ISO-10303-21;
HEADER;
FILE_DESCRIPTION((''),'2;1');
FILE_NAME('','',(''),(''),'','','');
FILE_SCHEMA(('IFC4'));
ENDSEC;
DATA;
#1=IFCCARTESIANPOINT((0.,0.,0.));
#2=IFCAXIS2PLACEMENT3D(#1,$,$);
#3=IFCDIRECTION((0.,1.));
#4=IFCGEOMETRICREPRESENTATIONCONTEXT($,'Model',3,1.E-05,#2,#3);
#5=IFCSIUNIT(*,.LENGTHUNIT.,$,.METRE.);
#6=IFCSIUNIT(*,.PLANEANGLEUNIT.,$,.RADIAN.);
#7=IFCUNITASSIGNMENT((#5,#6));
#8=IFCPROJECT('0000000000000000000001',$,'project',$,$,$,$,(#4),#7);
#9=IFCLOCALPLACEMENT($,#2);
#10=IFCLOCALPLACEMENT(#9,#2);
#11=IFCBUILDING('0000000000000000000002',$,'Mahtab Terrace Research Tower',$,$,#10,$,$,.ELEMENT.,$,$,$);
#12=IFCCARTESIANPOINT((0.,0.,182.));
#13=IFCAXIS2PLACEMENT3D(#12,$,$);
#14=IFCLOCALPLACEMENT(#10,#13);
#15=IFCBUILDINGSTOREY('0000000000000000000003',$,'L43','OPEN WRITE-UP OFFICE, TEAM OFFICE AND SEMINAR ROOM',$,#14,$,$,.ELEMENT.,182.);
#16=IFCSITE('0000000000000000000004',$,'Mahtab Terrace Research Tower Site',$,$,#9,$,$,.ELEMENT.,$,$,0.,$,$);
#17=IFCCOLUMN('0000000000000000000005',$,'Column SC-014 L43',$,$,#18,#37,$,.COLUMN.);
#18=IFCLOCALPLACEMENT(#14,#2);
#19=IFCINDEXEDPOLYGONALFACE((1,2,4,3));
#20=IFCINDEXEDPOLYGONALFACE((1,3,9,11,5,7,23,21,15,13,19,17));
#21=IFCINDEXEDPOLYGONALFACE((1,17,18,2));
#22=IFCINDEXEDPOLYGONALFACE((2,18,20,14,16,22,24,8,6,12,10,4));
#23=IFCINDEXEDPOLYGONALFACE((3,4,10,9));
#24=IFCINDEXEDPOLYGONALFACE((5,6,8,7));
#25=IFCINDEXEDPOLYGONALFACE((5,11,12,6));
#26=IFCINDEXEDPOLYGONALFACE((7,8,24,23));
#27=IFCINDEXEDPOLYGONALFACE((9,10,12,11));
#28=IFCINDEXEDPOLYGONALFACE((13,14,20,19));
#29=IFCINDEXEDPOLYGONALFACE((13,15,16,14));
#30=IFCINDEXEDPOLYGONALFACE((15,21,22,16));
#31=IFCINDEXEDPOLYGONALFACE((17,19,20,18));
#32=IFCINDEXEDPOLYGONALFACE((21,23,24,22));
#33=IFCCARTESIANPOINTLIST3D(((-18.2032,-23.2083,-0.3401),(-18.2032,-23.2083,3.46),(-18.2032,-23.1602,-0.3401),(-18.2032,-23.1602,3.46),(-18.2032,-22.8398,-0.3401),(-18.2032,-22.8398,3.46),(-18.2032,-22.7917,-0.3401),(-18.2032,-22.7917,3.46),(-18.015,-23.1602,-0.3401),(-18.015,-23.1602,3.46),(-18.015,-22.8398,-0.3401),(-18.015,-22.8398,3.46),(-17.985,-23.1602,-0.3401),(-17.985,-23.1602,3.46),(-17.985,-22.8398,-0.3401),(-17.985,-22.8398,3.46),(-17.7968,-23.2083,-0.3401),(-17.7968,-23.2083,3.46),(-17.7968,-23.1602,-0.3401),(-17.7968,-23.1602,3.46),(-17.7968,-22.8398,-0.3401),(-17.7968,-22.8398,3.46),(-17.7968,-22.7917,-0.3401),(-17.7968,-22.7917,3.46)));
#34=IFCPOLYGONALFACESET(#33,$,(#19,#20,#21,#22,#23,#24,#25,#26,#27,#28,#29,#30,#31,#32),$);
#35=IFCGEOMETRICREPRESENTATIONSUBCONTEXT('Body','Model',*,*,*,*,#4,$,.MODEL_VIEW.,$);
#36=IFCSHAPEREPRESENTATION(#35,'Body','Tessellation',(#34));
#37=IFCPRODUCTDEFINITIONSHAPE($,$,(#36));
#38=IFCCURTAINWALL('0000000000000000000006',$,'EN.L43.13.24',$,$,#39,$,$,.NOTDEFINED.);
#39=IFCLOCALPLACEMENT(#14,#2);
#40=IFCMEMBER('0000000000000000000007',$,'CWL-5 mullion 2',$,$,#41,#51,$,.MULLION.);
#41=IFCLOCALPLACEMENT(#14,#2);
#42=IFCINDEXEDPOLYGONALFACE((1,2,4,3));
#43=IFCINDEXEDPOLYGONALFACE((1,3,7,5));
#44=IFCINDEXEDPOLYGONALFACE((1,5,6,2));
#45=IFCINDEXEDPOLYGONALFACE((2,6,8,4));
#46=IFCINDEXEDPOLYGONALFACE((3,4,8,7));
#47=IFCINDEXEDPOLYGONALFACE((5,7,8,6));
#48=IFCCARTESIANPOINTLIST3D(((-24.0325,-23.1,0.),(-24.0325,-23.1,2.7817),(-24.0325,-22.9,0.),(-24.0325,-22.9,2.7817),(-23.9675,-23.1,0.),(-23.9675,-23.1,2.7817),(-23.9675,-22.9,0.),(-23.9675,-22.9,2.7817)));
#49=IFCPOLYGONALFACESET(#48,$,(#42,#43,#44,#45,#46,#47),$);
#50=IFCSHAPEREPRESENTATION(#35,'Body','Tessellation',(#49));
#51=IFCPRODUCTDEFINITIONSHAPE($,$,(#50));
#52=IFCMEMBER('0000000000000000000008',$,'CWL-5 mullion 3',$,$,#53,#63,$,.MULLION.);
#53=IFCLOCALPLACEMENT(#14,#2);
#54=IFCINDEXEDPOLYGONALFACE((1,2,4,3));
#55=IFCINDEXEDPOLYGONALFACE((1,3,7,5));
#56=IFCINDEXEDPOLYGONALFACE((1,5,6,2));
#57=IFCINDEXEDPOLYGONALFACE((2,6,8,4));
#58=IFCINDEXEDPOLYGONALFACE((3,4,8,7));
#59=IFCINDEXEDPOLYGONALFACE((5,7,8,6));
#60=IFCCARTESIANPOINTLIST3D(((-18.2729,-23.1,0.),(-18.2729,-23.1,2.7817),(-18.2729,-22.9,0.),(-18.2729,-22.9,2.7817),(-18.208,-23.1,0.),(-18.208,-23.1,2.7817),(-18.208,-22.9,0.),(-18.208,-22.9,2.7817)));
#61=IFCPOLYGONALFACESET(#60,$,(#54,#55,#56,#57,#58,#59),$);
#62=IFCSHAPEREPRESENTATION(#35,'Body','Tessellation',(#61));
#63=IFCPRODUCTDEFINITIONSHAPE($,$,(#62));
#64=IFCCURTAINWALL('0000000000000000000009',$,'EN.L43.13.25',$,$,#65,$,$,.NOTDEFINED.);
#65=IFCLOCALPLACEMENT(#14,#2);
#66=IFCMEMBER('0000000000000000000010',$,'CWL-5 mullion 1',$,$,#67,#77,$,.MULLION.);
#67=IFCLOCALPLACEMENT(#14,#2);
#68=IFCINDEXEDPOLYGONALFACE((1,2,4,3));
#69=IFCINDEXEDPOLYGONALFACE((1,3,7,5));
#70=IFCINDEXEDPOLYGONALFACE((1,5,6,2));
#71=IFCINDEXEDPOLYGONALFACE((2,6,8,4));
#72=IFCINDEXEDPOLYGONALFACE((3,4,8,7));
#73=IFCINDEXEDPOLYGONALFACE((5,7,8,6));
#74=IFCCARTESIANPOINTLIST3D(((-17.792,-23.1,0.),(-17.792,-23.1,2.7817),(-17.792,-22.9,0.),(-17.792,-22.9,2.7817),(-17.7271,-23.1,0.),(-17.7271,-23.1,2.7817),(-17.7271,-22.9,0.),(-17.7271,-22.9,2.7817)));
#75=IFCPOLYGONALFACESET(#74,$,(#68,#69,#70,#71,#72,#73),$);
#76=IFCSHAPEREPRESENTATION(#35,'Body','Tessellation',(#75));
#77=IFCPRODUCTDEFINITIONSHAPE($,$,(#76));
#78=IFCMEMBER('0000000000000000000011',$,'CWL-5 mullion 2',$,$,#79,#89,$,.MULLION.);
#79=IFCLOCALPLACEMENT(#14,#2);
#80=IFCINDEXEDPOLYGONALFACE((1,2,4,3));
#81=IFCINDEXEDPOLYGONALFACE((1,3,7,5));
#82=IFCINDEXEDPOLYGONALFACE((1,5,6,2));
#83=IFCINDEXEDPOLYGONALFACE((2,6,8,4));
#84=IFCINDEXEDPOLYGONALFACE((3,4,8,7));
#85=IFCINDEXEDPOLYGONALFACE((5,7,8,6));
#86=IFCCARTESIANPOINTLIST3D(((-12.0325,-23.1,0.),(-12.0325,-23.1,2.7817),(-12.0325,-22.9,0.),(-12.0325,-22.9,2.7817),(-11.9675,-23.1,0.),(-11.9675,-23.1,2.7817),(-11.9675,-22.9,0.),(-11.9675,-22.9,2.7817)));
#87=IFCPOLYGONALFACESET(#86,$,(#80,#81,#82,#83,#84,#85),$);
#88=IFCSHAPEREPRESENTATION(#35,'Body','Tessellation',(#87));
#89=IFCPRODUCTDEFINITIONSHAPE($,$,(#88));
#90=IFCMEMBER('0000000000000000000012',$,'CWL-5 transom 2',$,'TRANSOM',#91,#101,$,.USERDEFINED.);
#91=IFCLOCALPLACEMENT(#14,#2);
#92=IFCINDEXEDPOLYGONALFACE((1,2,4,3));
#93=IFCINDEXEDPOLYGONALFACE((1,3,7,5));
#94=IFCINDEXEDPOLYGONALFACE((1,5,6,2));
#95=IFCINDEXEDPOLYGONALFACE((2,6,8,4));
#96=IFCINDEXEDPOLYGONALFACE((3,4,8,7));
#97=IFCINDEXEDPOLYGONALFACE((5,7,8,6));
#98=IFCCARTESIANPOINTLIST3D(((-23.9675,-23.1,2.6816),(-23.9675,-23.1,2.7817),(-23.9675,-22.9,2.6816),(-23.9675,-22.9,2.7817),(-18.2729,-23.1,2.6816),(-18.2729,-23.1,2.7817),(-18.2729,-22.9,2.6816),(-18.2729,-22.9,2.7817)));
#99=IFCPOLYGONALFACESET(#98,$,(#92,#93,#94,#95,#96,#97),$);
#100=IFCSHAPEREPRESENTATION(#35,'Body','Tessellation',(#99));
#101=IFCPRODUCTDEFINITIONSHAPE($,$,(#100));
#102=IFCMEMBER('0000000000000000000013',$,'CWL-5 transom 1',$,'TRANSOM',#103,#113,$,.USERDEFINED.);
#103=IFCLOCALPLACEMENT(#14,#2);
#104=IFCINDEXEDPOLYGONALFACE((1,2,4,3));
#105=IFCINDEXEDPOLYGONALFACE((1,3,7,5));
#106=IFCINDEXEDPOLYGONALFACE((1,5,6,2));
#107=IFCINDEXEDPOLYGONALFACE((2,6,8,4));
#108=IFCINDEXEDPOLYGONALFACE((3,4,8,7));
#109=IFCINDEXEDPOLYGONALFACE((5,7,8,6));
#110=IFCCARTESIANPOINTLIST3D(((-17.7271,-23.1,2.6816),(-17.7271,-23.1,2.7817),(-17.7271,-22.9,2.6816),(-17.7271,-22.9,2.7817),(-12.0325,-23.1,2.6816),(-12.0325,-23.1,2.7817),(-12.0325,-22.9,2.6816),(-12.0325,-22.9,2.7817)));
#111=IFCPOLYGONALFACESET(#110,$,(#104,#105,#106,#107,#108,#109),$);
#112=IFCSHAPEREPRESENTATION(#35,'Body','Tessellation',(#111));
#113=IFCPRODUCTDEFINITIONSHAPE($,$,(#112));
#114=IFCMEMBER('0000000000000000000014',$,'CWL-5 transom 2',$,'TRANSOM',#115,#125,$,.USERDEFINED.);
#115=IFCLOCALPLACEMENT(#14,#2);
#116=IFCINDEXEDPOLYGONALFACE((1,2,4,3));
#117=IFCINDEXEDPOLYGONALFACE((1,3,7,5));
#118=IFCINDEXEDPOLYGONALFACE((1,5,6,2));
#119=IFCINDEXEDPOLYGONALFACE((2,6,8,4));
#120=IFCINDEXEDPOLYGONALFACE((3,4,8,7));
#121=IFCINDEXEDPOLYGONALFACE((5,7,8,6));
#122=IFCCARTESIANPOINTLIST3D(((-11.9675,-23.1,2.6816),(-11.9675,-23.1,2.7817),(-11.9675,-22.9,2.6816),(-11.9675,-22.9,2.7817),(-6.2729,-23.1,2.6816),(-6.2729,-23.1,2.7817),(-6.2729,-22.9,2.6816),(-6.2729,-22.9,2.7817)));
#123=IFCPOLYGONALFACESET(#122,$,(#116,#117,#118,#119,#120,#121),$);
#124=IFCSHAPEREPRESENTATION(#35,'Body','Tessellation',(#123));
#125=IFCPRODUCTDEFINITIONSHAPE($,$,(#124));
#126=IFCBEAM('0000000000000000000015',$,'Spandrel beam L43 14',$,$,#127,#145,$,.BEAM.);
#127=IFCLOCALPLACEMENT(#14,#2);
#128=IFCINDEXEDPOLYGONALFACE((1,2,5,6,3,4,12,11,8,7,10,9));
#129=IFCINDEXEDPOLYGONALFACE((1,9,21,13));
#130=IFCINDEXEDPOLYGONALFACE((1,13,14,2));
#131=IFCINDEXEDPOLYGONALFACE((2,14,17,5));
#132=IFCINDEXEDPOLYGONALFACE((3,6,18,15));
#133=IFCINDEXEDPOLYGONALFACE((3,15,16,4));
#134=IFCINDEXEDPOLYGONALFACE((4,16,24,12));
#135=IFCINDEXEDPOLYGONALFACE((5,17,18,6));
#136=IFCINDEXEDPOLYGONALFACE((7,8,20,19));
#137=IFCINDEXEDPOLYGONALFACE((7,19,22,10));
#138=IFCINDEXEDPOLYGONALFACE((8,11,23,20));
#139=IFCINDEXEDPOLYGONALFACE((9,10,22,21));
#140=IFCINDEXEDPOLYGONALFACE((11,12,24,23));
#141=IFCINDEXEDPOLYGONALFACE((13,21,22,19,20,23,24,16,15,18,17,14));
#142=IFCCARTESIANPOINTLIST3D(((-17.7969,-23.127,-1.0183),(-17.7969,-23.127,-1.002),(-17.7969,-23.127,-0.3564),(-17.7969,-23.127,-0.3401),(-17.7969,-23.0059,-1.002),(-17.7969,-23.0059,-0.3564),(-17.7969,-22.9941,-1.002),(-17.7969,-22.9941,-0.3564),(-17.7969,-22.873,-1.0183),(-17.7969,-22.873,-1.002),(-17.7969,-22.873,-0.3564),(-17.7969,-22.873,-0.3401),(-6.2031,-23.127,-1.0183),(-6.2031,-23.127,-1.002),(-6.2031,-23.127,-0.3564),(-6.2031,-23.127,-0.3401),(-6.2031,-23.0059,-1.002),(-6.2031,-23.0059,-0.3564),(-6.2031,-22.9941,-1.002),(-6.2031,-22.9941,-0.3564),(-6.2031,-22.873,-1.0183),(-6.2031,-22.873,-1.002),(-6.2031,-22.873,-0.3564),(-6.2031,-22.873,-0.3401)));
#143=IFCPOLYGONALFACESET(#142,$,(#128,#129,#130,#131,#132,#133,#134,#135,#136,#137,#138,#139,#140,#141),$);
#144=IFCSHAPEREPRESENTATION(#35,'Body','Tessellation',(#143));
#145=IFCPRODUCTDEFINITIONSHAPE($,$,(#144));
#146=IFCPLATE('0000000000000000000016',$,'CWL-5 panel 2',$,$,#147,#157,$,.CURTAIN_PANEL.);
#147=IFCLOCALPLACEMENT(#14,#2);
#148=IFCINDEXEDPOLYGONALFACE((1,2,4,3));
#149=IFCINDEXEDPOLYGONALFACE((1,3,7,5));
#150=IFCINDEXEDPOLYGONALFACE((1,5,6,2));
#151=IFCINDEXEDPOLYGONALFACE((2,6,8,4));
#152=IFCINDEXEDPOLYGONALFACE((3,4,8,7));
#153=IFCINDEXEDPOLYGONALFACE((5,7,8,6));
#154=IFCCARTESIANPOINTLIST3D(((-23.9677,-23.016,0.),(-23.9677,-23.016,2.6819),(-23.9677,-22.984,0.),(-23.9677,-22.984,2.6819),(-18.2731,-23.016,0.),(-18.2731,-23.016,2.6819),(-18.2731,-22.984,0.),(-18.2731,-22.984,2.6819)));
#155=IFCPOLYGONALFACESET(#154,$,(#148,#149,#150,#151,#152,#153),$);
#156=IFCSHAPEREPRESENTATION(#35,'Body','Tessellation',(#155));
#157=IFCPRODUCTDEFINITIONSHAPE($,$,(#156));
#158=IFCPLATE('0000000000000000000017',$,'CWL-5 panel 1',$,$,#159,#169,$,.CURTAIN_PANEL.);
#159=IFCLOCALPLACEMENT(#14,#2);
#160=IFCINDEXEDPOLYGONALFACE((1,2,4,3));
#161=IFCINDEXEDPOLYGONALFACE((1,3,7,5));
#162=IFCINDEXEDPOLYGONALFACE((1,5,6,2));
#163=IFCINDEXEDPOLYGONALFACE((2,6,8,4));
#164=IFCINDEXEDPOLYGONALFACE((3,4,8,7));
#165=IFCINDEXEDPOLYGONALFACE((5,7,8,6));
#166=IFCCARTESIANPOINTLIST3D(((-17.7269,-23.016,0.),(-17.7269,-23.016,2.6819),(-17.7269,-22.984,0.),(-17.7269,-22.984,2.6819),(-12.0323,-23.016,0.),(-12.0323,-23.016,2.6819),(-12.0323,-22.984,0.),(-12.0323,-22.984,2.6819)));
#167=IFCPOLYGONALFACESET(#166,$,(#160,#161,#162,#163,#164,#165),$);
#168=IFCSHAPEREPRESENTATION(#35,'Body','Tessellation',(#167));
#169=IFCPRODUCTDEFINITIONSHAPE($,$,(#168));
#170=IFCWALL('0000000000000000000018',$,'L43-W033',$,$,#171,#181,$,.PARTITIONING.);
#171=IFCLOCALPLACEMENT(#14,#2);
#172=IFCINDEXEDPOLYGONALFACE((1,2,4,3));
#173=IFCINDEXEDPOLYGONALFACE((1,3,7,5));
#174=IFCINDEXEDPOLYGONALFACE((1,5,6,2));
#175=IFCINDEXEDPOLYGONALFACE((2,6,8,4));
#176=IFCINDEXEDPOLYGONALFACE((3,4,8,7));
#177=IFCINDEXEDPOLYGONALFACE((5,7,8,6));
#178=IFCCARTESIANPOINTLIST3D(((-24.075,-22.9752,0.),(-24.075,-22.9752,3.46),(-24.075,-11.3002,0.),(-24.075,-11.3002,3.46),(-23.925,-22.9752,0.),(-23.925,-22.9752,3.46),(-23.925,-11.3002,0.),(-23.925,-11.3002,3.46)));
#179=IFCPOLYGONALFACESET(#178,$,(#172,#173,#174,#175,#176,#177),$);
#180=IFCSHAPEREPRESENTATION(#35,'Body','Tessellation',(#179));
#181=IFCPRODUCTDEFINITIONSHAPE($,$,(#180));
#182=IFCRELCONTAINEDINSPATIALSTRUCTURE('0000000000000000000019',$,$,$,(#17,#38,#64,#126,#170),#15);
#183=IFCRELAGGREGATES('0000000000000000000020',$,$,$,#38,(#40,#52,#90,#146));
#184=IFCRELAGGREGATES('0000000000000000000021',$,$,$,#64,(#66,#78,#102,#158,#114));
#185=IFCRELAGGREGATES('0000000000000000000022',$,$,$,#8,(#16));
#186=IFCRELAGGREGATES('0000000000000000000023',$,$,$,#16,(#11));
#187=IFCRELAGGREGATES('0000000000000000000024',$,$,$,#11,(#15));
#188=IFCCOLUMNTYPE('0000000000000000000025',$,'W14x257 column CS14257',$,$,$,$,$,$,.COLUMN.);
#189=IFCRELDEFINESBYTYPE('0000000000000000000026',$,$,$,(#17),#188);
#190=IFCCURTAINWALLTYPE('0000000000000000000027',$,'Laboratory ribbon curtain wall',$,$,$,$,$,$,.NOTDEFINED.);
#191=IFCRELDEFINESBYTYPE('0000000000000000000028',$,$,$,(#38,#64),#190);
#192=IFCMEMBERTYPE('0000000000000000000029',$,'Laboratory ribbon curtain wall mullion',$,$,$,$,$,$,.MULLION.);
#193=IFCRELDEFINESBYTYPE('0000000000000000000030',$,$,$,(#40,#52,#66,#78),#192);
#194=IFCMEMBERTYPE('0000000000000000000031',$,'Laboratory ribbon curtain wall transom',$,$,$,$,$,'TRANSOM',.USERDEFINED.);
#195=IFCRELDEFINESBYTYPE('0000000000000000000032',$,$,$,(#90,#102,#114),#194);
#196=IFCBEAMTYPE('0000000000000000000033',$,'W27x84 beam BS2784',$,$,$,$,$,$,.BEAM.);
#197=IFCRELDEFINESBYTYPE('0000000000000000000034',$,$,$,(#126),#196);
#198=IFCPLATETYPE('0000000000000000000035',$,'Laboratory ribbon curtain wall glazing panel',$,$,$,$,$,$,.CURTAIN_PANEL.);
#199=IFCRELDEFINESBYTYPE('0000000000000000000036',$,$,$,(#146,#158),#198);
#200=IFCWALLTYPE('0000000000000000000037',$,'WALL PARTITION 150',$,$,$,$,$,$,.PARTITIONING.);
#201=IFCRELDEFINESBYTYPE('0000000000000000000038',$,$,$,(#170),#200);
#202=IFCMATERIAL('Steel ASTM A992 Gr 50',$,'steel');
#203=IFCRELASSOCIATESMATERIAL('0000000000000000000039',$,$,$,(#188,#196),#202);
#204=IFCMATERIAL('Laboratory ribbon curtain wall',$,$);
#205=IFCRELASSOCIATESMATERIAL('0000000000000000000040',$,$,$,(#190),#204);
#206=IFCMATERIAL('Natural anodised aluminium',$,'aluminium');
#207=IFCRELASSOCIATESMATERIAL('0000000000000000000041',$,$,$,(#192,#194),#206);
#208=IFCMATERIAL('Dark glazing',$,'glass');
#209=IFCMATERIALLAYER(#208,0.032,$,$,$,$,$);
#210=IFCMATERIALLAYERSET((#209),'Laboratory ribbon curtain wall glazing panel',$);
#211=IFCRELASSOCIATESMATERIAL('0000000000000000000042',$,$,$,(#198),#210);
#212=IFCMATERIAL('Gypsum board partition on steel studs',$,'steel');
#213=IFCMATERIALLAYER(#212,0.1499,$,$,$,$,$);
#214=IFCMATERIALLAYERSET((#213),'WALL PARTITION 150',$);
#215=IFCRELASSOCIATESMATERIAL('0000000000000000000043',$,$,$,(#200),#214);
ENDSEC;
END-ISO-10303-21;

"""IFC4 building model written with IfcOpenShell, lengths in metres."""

from ifc_helpers import new_model, si_unit, direction, frame, frame_2d, origin, origin_2d, place, context, subcontext, project, spatial, rectangle, i_section, extrude, material, layer, layer_set, material_profile, profile_set, type_object, element, aggregate, save


model = new_model("IFC4")

# Units and contexts
model_context = context("Model", 3, precision=1e-05, world=origin(), true_north=direction((0.0, 1.0)))
body_context = subcontext(model_context, "Body", "Model", "MODEL_VIEW")
ifc_project = project(units=[si_unit("LENGTHUNIT", "METRE"), si_unit("PLANEANGLEUNIT", "RADIAN")], contexts=[model_context])

# Site, building, storey
site_placement = place(None, origin())
site = spatial("IfcSite", under=ifc_project, at=site_placement, Name="Mahtab Terrace Research Tower Site", CompositionType="ELEMENT", RefElevation=0.0)
building_placement = place(site_placement, origin())
building = spatial("IfcBuilding", under=site, at=building_placement, Name="Mahtab Terrace Research Tower", CompositionType="ELEMENT")
storey_placement = place(building_placement, frame((0.0, 0.0, 182.0)))
storey = spatial("IfcBuildingStorey", under=building, at=storey_placement, Name="L43", Description="OPEN WRITE-UP OFFICE, TEAM OFFICE AND SEMINAR ROOM", CompositionType="ELEMENT", Elevation=182.0)

# Column
ifc_material_1 = material(Name="Steel ASTM A992 Gr 50", Category="steel")
ifc_material_profile_1 = material_profile(ifc_material_1, i_section(OverallWidth=0.4065, OverallDepth=0.4165, WebThickness=0.03, FlangeThickness=0.0481, at=origin_2d()), Name="W14X257")
ifc_profile_set_1 = profile_set([ifc_material_profile_1], Name="Steel ASTM A992 Gr 50")
column_type = type_object("IfcColumnType", Name="W14x257 column CS14257", PredefinedType="COLUMN", material=ifc_profile_set_1)
column_placement = place(storey_placement, frame((-18.0, -23.0, -0.3401), z_axis=(0.0, 0.0, 1.0), x_axis=(1.0, 0.0, 0.0)))
element("IfcColumn", 1, at=column_placement, inside=storey, type_object=column_type, Name="Column SC-014 L43", PredefinedType="COLUMN", context=body_context, shape_type="SweptSolid", body=[
    extrude(i_section(OverallWidth=0.4065, OverallDepth=0.4165, WebThickness=0.03, FlangeThickness=0.0481, at=origin_2d()), origin(), (0.0, 0.0, 1.0), 3.8),
])

# Curtain walls, members
ifc_material_2 = material(Name="Laboratory ribbon curtain wall")
curtain_wall_type = type_object("IfcCurtainWallType", Name="Laboratory ribbon curtain wall", PredefinedType="NOTDEFINED", material=ifc_material_2)
curtain_wall_1_placement = place(storey_placement, origin())
curtain_wall_1 = element("IfcCurtainWall", 2, at=curtain_wall_1_placement, inside=storey, type_object=curtain_wall_type, Name="EN.L43.13.24", PredefinedType="NOTDEFINED")
ifc_material_3 = material(Name="Natural anodised aluminium", Category="aluminium")
ifc_material_profile_2 = material_profile(ifc_material_3, rectangle(XDim=0.2, YDim=0.0649, at=origin_2d()), Name="MULLION 65x200")
ifc_profile_set_2 = profile_set([ifc_material_profile_2], Name="Natural anodised aluminium")
member_type_1 = type_object("IfcMemberType", Name="Laboratory ribbon curtain wall mullion", PredefinedType="MULLION", material=ifc_profile_set_2)
member_1_placement = place(storey_placement, frame((-24.0, -23.0, 0.0), z_axis=(0.0, 0.0, 1.0), x_axis=(0.0, 1.0, 0.0)))
member_1 = element("IfcMember", 3, at=member_1_placement, type_object=member_type_1, Name="CWL-5 mullion 2", PredefinedType="MULLION", context=body_context, shape_type="SweptSolid", body=[
    extrude(rectangle(XDim=0.2, YDim=0.0649, at=origin_2d()), origin(), (0.0, 0.0, 1.0), 2.7817),
])
member_2_placement = place(storey_placement, frame((-18.2405, -23.0, 0.0), z_axis=(0.0, 0.0, 1.0), x_axis=(0.0, 1.0, 0.0)))
member_2 = element("IfcMember", 4, at=member_2_placement, type_object=member_type_1, Name="CWL-5 mullion 3", PredefinedType="MULLION", context=body_context, shape_type="SweptSolid", body=[
    extrude(rectangle(XDim=0.2, YDim=0.0649, at=origin_2d()), origin(), (0.0, 0.0, 1.0), 2.7817),
])
curtain_wall_2_placement = place(storey_placement, origin())
curtain_wall_2 = element("IfcCurtainWall", 5, at=curtain_wall_2_placement, inside=storey, type_object=curtain_wall_type, Name="EN.L43.13.25", PredefinedType="NOTDEFINED")
member_3_placement = place(storey_placement, frame((-17.7595, -23.0, 0.0), z_axis=(0.0, 0.0, 1.0), x_axis=(0.0, 1.0, 0.0)))
member_3 = element("IfcMember", 6, at=member_3_placement, type_object=member_type_1, Name="CWL-5 mullion 1", PredefinedType="MULLION", context=body_context, shape_type="SweptSolid", body=[
    extrude(rectangle(XDim=0.2, YDim=0.0649, at=origin_2d()), origin(), (0.0, 0.0, 1.0), 2.7817),
])
member_4_placement = place(storey_placement, frame((-12.0, -23.0, 0.0), z_axis=(0.0, 0.0, 1.0), x_axis=(0.0, 1.0, 0.0)))
member_4 = element("IfcMember", 7, at=member_4_placement, type_object=member_type_1, Name="CWL-5 mullion 2", PredefinedType="MULLION", context=body_context, shape_type="SweptSolid", body=[
    extrude(rectangle(XDim=0.2, YDim=0.0649, at=origin_2d()), origin(), (0.0, 0.0, 1.0), 2.7817),
])

# Members
ifc_material_profile_3 = material_profile(ifc_material_3, rectangle(XDim=0.2, YDim=0.1001, at=origin_2d()), Name="TRANSOM 100x200")
ifc_profile_set_3 = profile_set([ifc_material_profile_3], Name="Natural anodised aluminium")
member_type_2 = type_object("IfcMemberType", Name="Laboratory ribbon curtain wall transom", ElementType="TRANSOM", PredefinedType="USERDEFINED", material=ifc_profile_set_3)
member_5_placement = place(storey_placement, frame((-23.9675, -23.0, 2.7317), z_axis=(1.0, 0.0, 0.0), x_axis=(0.0, 1.0, 0.0)))
member_5 = element("IfcMember", 8, at=member_5_placement, type_object=member_type_2, Name="CWL-5 transom 2", ObjectType="TRANSOM", PredefinedType="USERDEFINED", context=body_context, shape_type="SweptSolid", body=[
    extrude(rectangle(XDim=0.2, YDim=0.1001, at=origin_2d()), origin(), (0.0, 0.0, 1.0), 5.6946),
])
member_6_placement = place(storey_placement, frame((-17.7271, -23.0, 2.7317), z_axis=(1.0, 0.0, 0.0), x_axis=(0.0, 1.0, 0.0)))
member_6 = element("IfcMember", 9, at=member_6_placement, type_object=member_type_2, Name="CWL-5 transom 1", ObjectType="TRANSOM", PredefinedType="USERDEFINED", context=body_context, shape_type="SweptSolid", body=[
    extrude(rectangle(XDim=0.2, YDim=0.1001, at=origin_2d()), origin(), (0.0, 0.0, 1.0), 5.6946),
])
member_7_placement = place(storey_placement, frame((-11.9675, -23.0, 2.7317), z_axis=(1.0, 0.0, 0.0), x_axis=(0.0, 1.0, 0.0)))
member_7 = element("IfcMember", 10, at=member_7_placement, type_object=member_type_2, Name="CWL-5 transom 2", ObjectType="TRANSOM", PredefinedType="USERDEFINED", context=body_context, shape_type="SweptSolid", body=[
    extrude(rectangle(XDim=0.2, YDim=0.1001, at=origin_2d()), origin(), (0.0, 0.0, 1.0), 5.6946),
])

# Beam
ifc_material_profile_4 = material_profile(ifc_material_1, i_section(OverallWidth=0.2539, OverallDepth=0.6782, WebThickness=0.0117, FlangeThickness=0.0164, at=origin_2d()), Name="W27X84")
ifc_profile_set_4 = profile_set([ifc_material_profile_4], Name="Steel ASTM A992 Gr 50")
beam_type = type_object("IfcBeamType", Name="W27x84 beam BS2784", PredefinedType="BEAM", material=ifc_profile_set_4)
beam_placement = place(storey_placement, frame((-17.7969, -23.0, -0.6792), z_axis=(1.0, 0.0, 0.0), x_axis=(0.0, 1.0, 0.0)))
element("IfcBeam", 11, at=beam_placement, inside=storey, type_object=beam_type, Name="Spandrel beam L43 14", PredefinedType="BEAM", context=body_context, shape_type="SweptSolid", body=[
    extrude(i_section(OverallWidth=0.2539, OverallDepth=0.6782, WebThickness=0.0117, FlangeThickness=0.0164, at=origin_2d()), origin(), (0.0, 0.0, 1.0), 11.5938),
])

# Plates
ifc_material_4 = material(Name="Dark glazing", Category="glass")
ifc_layer_1 = layer(ifc_material_4, 0.032)
ifc_layer_set_1 = layer_set([ifc_layer_1], Name="Laboratory ribbon curtain wall glazing panel")
plate_type = type_object("IfcPlateType", Name="Laboratory ribbon curtain wall glazing panel", PredefinedType="CURTAIN_PANEL", material=ifc_layer_set_1)
plate_1_placement = place(storey_placement, frame((-21.1204, -23.0, 0.0), z_axis=(0.0, 0.0, 1.0), x_axis=(1.0, 0.0, 0.0)))
plate_1 = element("IfcPlate", 12, at=plate_1_placement, type_object=plate_type, Name="CWL-5 panel 2", PredefinedType="CURTAIN_PANEL", context=body_context, shape_type="SweptSolid", body=[
    extrude(rectangle(XDim=5.6946, YDim=0.032, at=origin_2d()), origin(), (0.0, 0.0, 1.0), 2.6819),
])
aggregate(curtain_wall_1, [member_1, member_2, member_5, plate_1])
plate_2_placement = place(storey_placement, frame((-14.8796, -23.0, 0.0), z_axis=(0.0, 0.0, 1.0), x_axis=(1.0, 0.0, 0.0)))
plate_2 = element("IfcPlate", 13, at=plate_2_placement, type_object=plate_type, Name="CWL-5 panel 1", PredefinedType="CURTAIN_PANEL", context=body_context, shape_type="SweptSolid", body=[
    extrude(rectangle(XDim=5.6946, YDim=0.032, at=origin_2d()), origin(), (0.0, 0.0, 1.0), 2.6819),
])
aggregate(curtain_wall_2, [member_3, member_4, member_6, plate_2, member_7])

# Wall
ifc_material_5 = material(Name="Gypsum board partition on steel studs", Category="steel")
ifc_layer_2 = layer(ifc_material_5, 0.1499)
ifc_layer_set_2 = layer_set([ifc_layer_2], Name="WALL PARTITION 150")
wall_type = type_object("IfcWallType", Name="WALL PARTITION 150", PredefinedType="PARTITIONING", material=ifc_layer_set_2)
wall_placement = place(storey_placement, frame((-24.0, -22.9751, 0.0), z_axis=(0.0, 0.0, 1.0), x_axis=(0.0, 1.0, 0.0)))
element("IfcWall", 14, at=wall_placement, inside=storey, type_object=wall_type, Name="L43-W033", PredefinedType="PARTITIONING", context=body_context, shape_type="SweptSolid", body=[
    extrude(rectangle(XDim=11.675, YDim=0.1499, at=frame_2d((5.8374, 0.0))), origin(), (0.0, 0.0, 1.0), 3.46),
])

save(model, "model.ifc")
